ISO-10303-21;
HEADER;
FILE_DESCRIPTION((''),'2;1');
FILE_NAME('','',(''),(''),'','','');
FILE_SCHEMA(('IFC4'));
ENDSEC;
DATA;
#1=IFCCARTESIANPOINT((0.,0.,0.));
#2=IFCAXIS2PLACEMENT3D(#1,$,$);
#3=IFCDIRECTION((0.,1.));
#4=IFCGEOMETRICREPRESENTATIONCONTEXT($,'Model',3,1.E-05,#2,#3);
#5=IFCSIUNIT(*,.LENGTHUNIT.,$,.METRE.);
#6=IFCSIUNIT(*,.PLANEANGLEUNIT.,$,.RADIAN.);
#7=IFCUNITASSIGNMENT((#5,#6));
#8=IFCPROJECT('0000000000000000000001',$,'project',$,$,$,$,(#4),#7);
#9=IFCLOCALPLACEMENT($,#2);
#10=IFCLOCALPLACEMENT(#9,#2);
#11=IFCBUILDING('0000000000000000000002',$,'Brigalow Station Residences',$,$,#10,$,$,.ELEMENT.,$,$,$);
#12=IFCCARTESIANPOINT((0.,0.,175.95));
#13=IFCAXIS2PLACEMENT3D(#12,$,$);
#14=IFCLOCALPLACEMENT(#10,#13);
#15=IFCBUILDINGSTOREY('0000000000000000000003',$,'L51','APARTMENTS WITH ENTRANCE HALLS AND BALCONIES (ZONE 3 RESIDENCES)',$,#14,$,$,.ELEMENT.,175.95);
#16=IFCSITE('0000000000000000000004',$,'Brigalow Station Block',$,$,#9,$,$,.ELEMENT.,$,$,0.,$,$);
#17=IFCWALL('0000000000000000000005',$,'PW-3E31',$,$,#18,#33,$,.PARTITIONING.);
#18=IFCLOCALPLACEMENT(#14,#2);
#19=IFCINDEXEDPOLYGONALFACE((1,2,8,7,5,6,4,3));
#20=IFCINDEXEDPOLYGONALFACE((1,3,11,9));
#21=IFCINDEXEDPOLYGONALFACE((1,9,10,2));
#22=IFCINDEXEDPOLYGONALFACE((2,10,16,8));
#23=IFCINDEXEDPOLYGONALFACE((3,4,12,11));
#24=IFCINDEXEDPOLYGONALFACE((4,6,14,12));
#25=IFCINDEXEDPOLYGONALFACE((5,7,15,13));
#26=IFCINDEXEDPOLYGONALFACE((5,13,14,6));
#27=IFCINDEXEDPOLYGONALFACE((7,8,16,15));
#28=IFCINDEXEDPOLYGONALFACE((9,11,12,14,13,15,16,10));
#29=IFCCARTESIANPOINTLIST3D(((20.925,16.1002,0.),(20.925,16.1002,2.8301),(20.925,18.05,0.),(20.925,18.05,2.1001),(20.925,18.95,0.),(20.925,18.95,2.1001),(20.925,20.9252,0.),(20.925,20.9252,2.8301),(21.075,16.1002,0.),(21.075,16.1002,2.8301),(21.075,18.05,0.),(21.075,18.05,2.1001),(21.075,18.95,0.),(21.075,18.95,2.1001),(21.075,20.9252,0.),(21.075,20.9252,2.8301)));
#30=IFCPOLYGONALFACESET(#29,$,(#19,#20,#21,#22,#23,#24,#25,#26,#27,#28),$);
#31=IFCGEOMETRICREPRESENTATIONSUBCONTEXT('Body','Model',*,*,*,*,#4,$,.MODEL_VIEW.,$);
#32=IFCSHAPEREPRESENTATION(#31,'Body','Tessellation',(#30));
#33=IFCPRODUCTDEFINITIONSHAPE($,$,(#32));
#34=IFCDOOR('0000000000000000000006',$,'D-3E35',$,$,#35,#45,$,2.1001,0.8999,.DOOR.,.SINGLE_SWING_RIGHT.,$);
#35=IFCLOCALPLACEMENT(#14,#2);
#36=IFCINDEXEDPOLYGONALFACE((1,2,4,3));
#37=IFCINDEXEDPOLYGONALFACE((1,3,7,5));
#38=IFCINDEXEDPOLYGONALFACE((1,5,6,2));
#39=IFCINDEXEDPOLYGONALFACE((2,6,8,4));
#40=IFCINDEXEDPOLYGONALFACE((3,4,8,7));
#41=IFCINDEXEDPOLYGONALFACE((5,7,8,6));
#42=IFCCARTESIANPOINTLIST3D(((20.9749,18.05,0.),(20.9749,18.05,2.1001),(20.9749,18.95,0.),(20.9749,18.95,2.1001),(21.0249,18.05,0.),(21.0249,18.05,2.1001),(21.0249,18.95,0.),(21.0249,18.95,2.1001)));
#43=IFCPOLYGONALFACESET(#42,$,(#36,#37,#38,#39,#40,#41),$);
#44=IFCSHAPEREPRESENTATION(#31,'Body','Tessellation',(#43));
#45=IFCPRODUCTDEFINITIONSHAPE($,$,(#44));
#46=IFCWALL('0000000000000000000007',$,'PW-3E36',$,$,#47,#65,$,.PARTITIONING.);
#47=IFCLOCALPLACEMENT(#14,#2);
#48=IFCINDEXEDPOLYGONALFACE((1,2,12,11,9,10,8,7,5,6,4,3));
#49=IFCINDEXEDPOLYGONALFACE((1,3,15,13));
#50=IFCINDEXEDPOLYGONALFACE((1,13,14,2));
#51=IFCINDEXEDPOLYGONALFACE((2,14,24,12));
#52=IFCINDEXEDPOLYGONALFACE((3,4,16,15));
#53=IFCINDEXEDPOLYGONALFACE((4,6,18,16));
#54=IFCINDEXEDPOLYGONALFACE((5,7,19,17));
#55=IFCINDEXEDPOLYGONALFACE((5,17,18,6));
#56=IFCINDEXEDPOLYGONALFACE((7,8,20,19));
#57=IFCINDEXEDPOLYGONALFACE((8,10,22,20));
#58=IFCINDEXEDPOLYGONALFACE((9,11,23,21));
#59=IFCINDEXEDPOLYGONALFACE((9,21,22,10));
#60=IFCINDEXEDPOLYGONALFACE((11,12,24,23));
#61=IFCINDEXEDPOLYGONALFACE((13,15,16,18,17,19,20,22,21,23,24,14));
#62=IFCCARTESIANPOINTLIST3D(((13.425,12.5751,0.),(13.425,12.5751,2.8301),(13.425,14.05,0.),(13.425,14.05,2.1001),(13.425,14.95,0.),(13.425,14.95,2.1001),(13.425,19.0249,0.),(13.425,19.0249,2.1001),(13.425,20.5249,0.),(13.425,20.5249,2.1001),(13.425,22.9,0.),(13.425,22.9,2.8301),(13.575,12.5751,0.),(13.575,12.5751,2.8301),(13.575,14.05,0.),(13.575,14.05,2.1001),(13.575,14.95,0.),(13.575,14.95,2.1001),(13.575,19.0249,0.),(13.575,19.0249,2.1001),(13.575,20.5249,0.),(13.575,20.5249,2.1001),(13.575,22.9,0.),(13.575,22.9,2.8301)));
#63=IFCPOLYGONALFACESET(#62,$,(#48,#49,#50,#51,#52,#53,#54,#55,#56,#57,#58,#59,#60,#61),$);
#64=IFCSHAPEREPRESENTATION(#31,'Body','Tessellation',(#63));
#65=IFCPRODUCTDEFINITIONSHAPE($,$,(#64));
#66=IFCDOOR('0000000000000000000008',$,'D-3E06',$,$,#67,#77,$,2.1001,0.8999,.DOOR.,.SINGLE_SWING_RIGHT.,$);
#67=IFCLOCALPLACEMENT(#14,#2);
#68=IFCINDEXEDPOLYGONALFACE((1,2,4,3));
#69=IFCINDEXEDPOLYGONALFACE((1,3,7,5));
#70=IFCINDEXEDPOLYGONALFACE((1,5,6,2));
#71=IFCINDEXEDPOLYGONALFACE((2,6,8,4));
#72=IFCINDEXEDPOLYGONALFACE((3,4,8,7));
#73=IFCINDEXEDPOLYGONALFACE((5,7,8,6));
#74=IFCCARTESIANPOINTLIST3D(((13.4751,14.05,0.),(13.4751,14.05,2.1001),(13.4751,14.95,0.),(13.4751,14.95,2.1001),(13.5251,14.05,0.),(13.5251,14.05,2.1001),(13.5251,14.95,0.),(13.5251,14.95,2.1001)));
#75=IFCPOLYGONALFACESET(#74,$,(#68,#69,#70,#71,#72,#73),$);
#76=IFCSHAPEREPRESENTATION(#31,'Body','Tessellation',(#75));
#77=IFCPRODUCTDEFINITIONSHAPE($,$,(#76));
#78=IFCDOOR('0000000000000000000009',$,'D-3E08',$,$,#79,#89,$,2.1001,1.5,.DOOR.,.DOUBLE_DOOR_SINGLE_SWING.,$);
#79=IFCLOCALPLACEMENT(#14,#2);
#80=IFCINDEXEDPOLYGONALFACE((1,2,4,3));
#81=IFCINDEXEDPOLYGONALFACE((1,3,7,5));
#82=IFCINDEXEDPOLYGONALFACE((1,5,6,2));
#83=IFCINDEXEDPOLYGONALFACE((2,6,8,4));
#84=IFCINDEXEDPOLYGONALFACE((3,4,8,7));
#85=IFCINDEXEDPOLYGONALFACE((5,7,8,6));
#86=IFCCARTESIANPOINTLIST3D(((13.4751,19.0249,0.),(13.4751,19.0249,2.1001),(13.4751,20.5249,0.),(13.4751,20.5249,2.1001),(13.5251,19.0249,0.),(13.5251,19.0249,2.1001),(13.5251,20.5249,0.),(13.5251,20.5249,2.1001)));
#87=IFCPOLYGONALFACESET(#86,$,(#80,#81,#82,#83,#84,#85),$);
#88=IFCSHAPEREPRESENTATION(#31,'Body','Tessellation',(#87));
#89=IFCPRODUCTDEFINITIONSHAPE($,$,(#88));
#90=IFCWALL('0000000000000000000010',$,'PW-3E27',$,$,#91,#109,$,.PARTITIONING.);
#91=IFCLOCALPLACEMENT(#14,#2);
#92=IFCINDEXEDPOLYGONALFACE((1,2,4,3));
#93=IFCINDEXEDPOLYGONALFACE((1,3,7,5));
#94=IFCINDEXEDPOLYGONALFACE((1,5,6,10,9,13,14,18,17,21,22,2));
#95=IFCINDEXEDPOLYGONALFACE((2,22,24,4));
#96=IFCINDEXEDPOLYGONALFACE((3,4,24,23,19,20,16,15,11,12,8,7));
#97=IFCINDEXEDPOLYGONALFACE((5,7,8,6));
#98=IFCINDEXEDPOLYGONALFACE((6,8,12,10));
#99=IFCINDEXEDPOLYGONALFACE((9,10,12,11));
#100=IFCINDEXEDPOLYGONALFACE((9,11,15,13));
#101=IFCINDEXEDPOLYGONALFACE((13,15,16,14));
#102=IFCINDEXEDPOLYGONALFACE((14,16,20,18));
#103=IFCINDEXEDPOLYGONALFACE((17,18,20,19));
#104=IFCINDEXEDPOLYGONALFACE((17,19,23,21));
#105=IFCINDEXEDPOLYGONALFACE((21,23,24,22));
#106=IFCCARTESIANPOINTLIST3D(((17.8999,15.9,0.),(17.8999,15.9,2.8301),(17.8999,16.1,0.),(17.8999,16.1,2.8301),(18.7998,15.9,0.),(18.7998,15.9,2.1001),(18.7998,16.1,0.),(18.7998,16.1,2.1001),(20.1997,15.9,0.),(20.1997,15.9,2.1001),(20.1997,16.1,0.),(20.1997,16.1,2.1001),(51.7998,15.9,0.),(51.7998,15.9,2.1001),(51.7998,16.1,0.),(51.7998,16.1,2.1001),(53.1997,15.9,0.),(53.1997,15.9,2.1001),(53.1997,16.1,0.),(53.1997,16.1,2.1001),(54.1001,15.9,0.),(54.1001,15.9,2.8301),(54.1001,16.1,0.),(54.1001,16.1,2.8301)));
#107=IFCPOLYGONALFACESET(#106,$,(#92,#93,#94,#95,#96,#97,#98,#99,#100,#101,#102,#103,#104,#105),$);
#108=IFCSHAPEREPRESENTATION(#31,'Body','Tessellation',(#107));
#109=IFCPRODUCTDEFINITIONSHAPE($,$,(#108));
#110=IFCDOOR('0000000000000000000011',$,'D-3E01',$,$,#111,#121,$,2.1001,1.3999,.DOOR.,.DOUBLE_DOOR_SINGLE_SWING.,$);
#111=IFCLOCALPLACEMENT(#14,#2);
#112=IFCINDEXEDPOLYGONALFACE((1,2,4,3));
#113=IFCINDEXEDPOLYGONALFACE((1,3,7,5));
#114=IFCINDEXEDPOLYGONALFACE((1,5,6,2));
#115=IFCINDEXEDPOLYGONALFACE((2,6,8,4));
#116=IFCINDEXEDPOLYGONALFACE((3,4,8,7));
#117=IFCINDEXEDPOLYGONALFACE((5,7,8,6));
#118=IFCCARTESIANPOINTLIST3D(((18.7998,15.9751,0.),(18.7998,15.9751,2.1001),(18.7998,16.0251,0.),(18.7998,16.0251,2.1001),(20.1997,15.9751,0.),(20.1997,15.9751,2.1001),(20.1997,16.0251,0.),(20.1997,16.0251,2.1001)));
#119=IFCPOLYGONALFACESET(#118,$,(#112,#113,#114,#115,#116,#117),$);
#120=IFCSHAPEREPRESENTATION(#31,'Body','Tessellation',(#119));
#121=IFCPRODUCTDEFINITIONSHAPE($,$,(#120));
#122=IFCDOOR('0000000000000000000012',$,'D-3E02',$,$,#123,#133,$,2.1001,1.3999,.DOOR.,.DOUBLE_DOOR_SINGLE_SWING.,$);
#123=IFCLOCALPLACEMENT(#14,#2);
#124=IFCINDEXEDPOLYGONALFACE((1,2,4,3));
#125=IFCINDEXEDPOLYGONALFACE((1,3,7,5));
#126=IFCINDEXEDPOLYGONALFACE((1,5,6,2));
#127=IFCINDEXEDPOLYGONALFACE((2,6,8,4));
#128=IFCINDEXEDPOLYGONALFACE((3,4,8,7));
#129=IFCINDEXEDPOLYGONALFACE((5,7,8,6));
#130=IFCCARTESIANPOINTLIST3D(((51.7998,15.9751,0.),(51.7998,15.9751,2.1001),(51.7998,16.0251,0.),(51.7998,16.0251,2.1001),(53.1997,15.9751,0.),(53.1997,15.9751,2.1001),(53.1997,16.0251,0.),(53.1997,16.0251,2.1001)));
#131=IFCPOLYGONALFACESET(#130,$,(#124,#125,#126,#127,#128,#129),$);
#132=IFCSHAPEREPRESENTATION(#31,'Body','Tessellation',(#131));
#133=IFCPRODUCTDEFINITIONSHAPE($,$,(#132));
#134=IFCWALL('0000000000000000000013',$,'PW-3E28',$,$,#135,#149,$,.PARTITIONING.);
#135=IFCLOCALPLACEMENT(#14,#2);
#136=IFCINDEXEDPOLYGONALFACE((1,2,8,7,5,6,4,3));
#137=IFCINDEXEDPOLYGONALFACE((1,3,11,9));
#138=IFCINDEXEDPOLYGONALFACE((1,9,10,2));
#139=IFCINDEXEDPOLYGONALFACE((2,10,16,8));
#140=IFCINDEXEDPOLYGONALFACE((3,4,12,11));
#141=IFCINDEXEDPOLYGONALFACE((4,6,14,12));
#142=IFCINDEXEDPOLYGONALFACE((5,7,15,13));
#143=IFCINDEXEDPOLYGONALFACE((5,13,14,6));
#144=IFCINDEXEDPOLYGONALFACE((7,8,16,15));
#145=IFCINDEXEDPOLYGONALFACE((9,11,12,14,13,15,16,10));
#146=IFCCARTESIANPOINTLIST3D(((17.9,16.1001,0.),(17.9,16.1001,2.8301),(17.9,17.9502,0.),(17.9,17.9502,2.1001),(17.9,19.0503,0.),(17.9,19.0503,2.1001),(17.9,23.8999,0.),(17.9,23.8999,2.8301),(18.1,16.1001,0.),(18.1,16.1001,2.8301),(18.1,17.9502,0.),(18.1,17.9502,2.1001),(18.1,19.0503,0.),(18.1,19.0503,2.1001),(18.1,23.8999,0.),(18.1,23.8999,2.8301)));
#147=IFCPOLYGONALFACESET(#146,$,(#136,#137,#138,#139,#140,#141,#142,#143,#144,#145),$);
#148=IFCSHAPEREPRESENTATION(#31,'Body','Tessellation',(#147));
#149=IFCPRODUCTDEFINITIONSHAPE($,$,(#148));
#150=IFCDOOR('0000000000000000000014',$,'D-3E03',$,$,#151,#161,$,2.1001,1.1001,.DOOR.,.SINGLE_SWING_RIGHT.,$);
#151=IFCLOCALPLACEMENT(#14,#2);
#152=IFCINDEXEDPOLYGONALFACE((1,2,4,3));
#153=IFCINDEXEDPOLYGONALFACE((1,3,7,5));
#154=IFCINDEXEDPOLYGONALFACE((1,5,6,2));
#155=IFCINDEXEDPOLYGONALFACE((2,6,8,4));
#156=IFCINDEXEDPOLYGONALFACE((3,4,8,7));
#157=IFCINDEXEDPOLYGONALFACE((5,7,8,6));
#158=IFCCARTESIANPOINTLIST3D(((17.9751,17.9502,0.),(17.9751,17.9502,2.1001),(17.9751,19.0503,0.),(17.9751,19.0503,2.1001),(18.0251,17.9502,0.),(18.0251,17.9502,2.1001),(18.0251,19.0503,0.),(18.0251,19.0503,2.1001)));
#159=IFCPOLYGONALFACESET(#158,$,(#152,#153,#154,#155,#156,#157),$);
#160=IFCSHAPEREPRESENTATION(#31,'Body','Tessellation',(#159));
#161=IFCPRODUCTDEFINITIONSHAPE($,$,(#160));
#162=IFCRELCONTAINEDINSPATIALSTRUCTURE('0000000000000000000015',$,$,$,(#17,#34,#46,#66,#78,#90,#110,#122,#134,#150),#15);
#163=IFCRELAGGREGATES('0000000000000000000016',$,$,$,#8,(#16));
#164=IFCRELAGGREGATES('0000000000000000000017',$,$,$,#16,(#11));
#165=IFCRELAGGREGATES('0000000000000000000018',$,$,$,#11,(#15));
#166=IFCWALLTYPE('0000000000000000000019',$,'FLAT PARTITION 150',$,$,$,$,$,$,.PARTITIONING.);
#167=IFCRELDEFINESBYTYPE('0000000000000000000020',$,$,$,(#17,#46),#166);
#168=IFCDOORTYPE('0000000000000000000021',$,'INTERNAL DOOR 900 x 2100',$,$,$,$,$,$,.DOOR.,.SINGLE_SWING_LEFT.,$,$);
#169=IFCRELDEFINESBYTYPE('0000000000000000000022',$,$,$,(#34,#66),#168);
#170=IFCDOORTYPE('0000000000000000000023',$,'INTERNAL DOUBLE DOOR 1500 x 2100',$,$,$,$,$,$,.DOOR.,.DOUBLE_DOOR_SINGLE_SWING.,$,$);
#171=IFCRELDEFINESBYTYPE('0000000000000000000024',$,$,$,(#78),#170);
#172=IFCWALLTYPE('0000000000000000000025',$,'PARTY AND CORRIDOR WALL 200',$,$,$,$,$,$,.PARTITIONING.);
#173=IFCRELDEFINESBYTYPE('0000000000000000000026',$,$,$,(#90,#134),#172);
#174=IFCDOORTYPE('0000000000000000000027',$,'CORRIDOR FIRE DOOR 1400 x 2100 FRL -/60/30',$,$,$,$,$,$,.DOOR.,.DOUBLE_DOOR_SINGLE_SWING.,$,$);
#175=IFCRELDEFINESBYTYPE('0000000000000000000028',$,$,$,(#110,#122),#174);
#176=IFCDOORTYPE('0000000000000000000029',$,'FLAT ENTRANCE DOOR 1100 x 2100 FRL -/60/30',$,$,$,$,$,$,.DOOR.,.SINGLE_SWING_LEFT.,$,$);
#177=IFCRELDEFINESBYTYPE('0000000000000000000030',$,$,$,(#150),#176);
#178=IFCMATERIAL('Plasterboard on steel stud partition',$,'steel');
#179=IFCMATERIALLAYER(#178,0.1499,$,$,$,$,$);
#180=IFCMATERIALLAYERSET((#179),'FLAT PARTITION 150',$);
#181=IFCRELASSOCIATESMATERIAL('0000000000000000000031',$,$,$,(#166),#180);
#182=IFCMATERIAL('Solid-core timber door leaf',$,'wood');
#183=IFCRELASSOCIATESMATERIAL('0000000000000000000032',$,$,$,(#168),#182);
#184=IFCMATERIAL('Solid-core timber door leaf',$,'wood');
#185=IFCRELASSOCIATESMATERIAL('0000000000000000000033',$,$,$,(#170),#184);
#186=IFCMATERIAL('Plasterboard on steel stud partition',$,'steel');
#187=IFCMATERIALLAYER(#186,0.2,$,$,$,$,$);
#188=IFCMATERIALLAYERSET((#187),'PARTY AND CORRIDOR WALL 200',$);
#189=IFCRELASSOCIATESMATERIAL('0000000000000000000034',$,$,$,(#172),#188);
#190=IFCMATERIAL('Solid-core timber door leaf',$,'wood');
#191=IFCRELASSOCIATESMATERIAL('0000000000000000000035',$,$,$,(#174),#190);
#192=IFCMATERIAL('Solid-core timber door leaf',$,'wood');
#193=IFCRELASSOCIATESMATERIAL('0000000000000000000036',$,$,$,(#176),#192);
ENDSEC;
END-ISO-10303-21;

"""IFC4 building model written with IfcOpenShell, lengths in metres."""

from ifc_helpers import new_model, si_unit, direction, frame, frame_2d, origin, place, context, subcontext, project, spatial, rectangle, extrude, material, layer, layer_set, type_object, element, fill, save


model = new_model("IFC4")

# Units and contexts
model_context = context("Model", 3, precision=1e-05, world=origin(), true_north=direction((0.0, 1.0)))
body_context = subcontext(model_context, "Body", "Model", "MODEL_VIEW")
ifc_project = project(units=[si_unit("LENGTHUNIT", "METRE"), si_unit("PLANEANGLEUNIT", "RADIAN")], contexts=[model_context])

# Site, building, storey
site_placement = place(None, origin())
site = spatial("IfcSite", under=ifc_project, at=site_placement, Name="Brigalow Station Block", CompositionType="ELEMENT", RefElevation=0.0)
building_placement = place(site_placement, origin())
building = spatial("IfcBuilding", under=site, at=building_placement, Name="Brigalow Station Residences", CompositionType="ELEMENT")
storey_placement = place(building_placement, frame((0.0, 0.0, 175.95)))
storey = spatial("IfcBuildingStorey", under=building, at=storey_placement, Name="L51", Description="APARTMENTS WITH ENTRANCE HALLS AND BALCONIES (ZONE 3 RESIDENCES)", CompositionType="ELEMENT", Elevation=175.95)

# Shared definitions
ifc_material_1 = material(Name="Plasterboard on steel stud partition", Category="steel")
ifc_layer_1 = layer(ifc_material_1, 0.1499)
ifc_layer_set_1 = layer_set([ifc_layer_1], Name="FLAT PARTITION 150")
wall_type_1 = type_object("IfcWallType", Name="FLAT PARTITION 150", PredefinedType="PARTITIONING", material=ifc_layer_set_1)
ifc_material_2 = material(Name="Solid-core timber door leaf", Category="wood")
door_type_1 = type_object("IfcDoorType", Name="INTERNAL DOOR 900 x 2100", OperationType="SINGLE_SWING_LEFT", PredefinedType="DOOR", material=ifc_material_2)

# Wall, opening, door
wall_1_placement = place(storey_placement, frame((21.0, 16.1001, 0.0), z_axis=(0.0, 0.0, 1.0), x_axis=(0.0, 1.0, 0.0)))
wall_1 = element("IfcWall", 1, at=wall_1_placement, inside=storey, type_object=wall_type_1, Name="PW-3E31", PredefinedType="PARTITIONING", context=body_context, shape_type="SweptSolid", body=[
    extrude(rectangle(XDim=4.825, YDim=0.1499, at=frame_2d((2.4126, 0.0))), origin(), (0.0, 0.0, 1.0), 2.8301),
])
opening_1_placement = place(wall_1_placement, frame((1.95, 0.0, 0.0)))
opening_1 = element("IfcOpeningElement", 2, at=opening_1_placement, cuts=wall_1, PredefinedType="OPENING", context=body_context, shape_type="SweptSolid", body=[
    extrude(rectangle(XDim=0.8999, YDim=2.1001, at=frame_2d((0.45, 1.05))), frame((0.0, 0.085, 0.0), z_axis=(0.0, -1.0, 0.0), x_axis=(1.0, 0.0, 0.0)), (0.0, 0.0, 1.0), 0.1699),
])
door_1_placement = place(opening_1_placement, frame((0.8999, 0.0, 0.0), z_axis=(0.0, 0.0, 1.0), x_axis=(-1.0, 0.0, 0.0)))
door_1 = element("IfcDoor", 3, at=door_1_placement, inside=storey, type_object=door_type_1, Name="D-3E35", OperationType="SINGLE_SWING_RIGHT", OverallHeight=2.1001, OverallWidth=0.8999, PredefinedType="DOOR", context=body_context, shape_type="SweptSolid", body=[
    extrude(rectangle(XDim=0.8999, YDim=2.1001, at=frame_2d((0.45, 1.05))), frame((0.0, 0.0249, 0.0), z_axis=(0.0, -1.0, 0.0), x_axis=(1.0, 0.0, 0.0)), (0.0, 0.0, 1.0), 0.05),
])
fill(opening_1, door_1)

# Walls, openings, doors
wall_2_placement = place(storey_placement, frame((13.5, 12.575, 0.0), z_axis=(0.0, 0.0, 1.0), x_axis=(0.0, 1.0, 0.0)))
wall_2 = element("IfcWall", 4, at=wall_2_placement, inside=storey, type_object=wall_type_1, Name="PW-3E36", PredefinedType="PARTITIONING", context=body_context, shape_type="SweptSolid", body=[
    extrude(rectangle(XDim=10.325, YDim=0.1499, at=frame_2d((5.1626, 0.0))), origin(), (0.0, 0.0, 1.0), 2.8301),
])
opening_2_placement = place(wall_2_placement, frame((1.4751, 0.0, 0.0)))
opening_2 = element("IfcOpeningElement", 5, at=opening_2_placement, cuts=wall_2, PredefinedType="OPENING", context=body_context, shape_type="SweptSolid", body=[
    extrude(rectangle(XDim=0.8999, YDim=2.1001, at=frame_2d((0.45, 1.05))), frame((0.0, 0.085, 0.0), z_axis=(0.0, -1.0, 0.0), x_axis=(1.0, 0.0, 0.0)), (0.0, 0.0, 1.0), 0.1699),
])
opening_3_placement = place(wall_2_placement, frame((6.45, 0.0, 0.0)))
opening_3 = element("IfcOpeningElement", 6, at=opening_3_placement, cuts=wall_2, PredefinedType="OPENING", context=body_context, shape_type="SweptSolid", body=[
    extrude(rectangle(XDim=1.5, YDim=2.1001, at=frame_2d((0.75, 1.05))), frame((0.0, 0.085, 0.0), z_axis=(0.0, -1.0, 0.0), x_axis=(1.0, 0.0, 0.0)), (0.0, 0.0, 1.0), 0.1699),
])
door_2_placement = place(opening_2_placement, origin())
door_2 = element("IfcDoor", 7, at=door_2_placement, inside=storey, type_object=door_type_1, Name="D-3E06", OperationType="SINGLE_SWING_RIGHT", OverallHeight=2.1001, OverallWidth=0.8999, PredefinedType="DOOR", context=body_context, shape_type="SweptSolid", body=[
    extrude(rectangle(XDim=0.8999, YDim=2.1001, at=frame_2d((0.45, 1.05))), frame((0.0, 0.0249, 0.0), z_axis=(0.0, -1.0, 0.0), x_axis=(1.0, 0.0, 0.0)), (0.0, 0.0, 1.0), 0.05),
])
fill(opening_2, door_2)
ifc_material_3 = material(Name="Solid-core timber door leaf", Category="wood")
door_type_2 = type_object("IfcDoorType", Name="INTERNAL DOUBLE DOOR 1500 x 2100", OperationType="DOUBLE_DOOR_SINGLE_SWING", PredefinedType="DOOR", material=ifc_material_3)
door_3_placement = place(opening_3_placement, origin())
door_3 = element("IfcDoor", 8, at=door_3_placement, inside=storey, type_object=door_type_2, Name="D-3E08", OperationType="DOUBLE_DOOR_SINGLE_SWING", OverallHeight=2.1001, OverallWidth=1.5, PredefinedType="DOOR", context=body_context, shape_type="SweptSolid", body=[
    extrude(rectangle(XDim=1.5, YDim=2.1001, at=frame_2d((0.75, 1.05))), frame((0.0, 0.0249, 0.0), z_axis=(0.0, -1.0, 0.0), x_axis=(1.0, 0.0, 0.0)), (0.0, 0.0, 1.0), 0.05),
])
fill(opening_3, door_3)
ifc_material_4 = material(Name="Plasterboard on steel stud partition", Category="steel")
ifc_layer_2 = layer(ifc_material_4, 0.2)
ifc_layer_set_2 = layer_set([ifc_layer_2], Name="PARTY AND CORRIDOR WALL 200")
wall_type_2 = type_object("IfcWallType", Name="PARTY AND CORRIDOR WALL 200", PredefinedType="PARTITIONING", material=ifc_layer_set_2)
wall_3_placement = place(storey_placement, frame((17.8999, 16.0, 0.0), z_axis=(0.0, 0.0, 1.0), x_axis=(1.0, 0.0, 0.0)))
wall_3 = element("IfcWall", 9, at=wall_3_placement, inside=storey, type_object=wall_type_2, Name="PW-3E27", PredefinedType="PARTITIONING", context=body_context, shape_type="SweptSolid", body=[
    extrude(rectangle(XDim=36.2002, YDim=0.2, at=frame_2d((18.1001, 0.0))), origin(), (0.0, 0.0, 1.0), 2.8301),
])
opening_4_placement = place(wall_3_placement, frame((0.8999, 0.0, 0.0)))
opening_4 = element("IfcOpeningElement", 10, at=opening_4_placement, cuts=wall_3, PredefinedType="OPENING", context=body_context, shape_type="SweptSolid", body=[
    extrude(rectangle(XDim=1.3999, YDim=2.1001, at=frame_2d((0.7, 1.05))), frame((0.0, 0.1099, 0.0), z_axis=(0.0, -1.0, 0.0), x_axis=(1.0, 0.0, 0.0)), (0.0, 0.0, 1.0), 0.22),
])
opening_5_placement = place(wall_3_placement, frame((33.8999, 0.0, 0.0)))
opening_5 = element("IfcOpeningElement", 11, at=opening_5_placement, cuts=wall_3, PredefinedType="OPENING", context=body_context, shape_type="SweptSolid", body=[
    extrude(rectangle(XDim=1.3999, YDim=2.1001, at=frame_2d((0.7, 1.05))), frame((0.0, 0.1099, 0.0), z_axis=(0.0, -1.0, 0.0), x_axis=(1.0, 0.0, 0.0)), (0.0, 0.0, 1.0), 0.22),
])
ifc_material_5 = material(Name="Solid-core timber door leaf", Category="wood")
door_type_3 = type_object("IfcDoorType", Name="CORRIDOR FIRE DOOR 1400 x 2100 FRL -/60/30", OperationType="DOUBLE_DOOR_SINGLE_SWING", PredefinedType="DOOR", material=ifc_material_5)
door_4_placement = place(opening_4_placement, frame((1.3999, 0.0, 0.0), z_axis=(0.0, 0.0, 1.0), x_axis=(-1.0, 0.0, 0.0)))
door_4 = element("IfcDoor", 12, at=door_4_placement, inside=storey, type_object=door_type_3, Name="D-3E01", OperationType="DOUBLE_DOOR_SINGLE_SWING", OverallHeight=2.1001, OverallWidth=1.3999, PredefinedType="DOOR", context=body_context, shape_type="SweptSolid", body=[
    extrude(rectangle(XDim=1.3999, YDim=2.1001, at=frame_2d((0.7, 1.05))), frame((0.0, 0.0249, 0.0), z_axis=(0.0, -1.0, 0.0), x_axis=(1.0, 0.0, 0.0)), (0.0, 0.0, 1.0), 0.05),
])
fill(opening_4, door_4)
door_5_placement = place(opening_5_placement, frame((1.3999, 0.0, 0.0), z_axis=(0.0, 0.0, 1.0), x_axis=(-1.0, 0.0, 0.0)))
door_5 = element("IfcDoor", 13, at=door_5_placement, inside=storey, type_object=door_type_3, Name="D-3E02", OperationType="DOUBLE_DOOR_SINGLE_SWING", OverallHeight=2.1001, OverallWidth=1.3999, PredefinedType="DOOR", context=body_context, shape_type="SweptSolid", body=[
    extrude(rectangle(XDim=1.3999, YDim=2.1001, at=frame_2d((0.7, 1.05))), frame((0.0, 0.0249, 0.0), z_axis=(0.0, -1.0, 0.0), x_axis=(1.0, 0.0, 0.0)), (0.0, 0.0, 1.0), 0.05),
])
fill(opening_5, door_5)

# Wall, opening, door
wall_4_placement = place(storey_placement, frame((18.0, 16.1001, 0.0), z_axis=(0.0, 0.0, 1.0), x_axis=(0.0, 1.0, 0.0)))
wall_4 = element("IfcWall", 14, at=wall_4_placement, inside=storey, type_object=wall_type_2, Name="PW-3E28", PredefinedType="PARTITIONING", context=body_context, shape_type="SweptSolid", body=[
    extrude(rectangle(XDim=7.7998, YDim=0.2, at=frame_2d((3.8999, 0.0))), origin(), (0.0, 0.0, 1.0), 2.8301),
])
opening_6_placement = place(wall_4_placement, frame((1.8501, 0.0, 0.0)))
opening_6 = element("IfcOpeningElement", 15, at=opening_6_placement, cuts=wall_4, PredefinedType="OPENING", context=body_context, shape_type="SweptSolid", body=[
    extrude(rectangle(XDim=1.1001, YDim=2.1001, at=frame_2d((0.55, 1.05))), frame((0.0, 0.1099, 0.0), z_axis=(0.0, -1.0, 0.0), x_axis=(1.0, 0.0, 0.0)), (0.0, 0.0, 1.0), 0.22),
])
ifc_material_6 = material(Name="Solid-core timber door leaf", Category="wood")
door_type_4 = type_object("IfcDoorType", Name="FLAT ENTRANCE DOOR 1100 x 2100 FRL -/60/30", OperationType="SINGLE_SWING_LEFT", PredefinedType="DOOR", material=ifc_material_6)
door_6_placement = place(opening_6_placement, origin())
door_6 = element("IfcDoor", 16, at=door_6_placement, inside=storey, type_object=door_type_4, Name="D-3E03", OperationType="SINGLE_SWING_RIGHT", OverallHeight=2.1001, OverallWidth=1.1001, PredefinedType="DOOR", context=body_context, shape_type="SweptSolid", body=[
    extrude(rectangle(XDim=1.1001, YDim=2.1001, at=frame_2d((0.55, 1.05))), frame((0.0, 0.0249, 0.0), z_axis=(0.0, -1.0, 0.0), x_axis=(1.0, 0.0, 0.0)), (0.0, 0.0, 1.0), 0.05),
])
fill(opening_6, door_6)

save(model, "model.ifc")
